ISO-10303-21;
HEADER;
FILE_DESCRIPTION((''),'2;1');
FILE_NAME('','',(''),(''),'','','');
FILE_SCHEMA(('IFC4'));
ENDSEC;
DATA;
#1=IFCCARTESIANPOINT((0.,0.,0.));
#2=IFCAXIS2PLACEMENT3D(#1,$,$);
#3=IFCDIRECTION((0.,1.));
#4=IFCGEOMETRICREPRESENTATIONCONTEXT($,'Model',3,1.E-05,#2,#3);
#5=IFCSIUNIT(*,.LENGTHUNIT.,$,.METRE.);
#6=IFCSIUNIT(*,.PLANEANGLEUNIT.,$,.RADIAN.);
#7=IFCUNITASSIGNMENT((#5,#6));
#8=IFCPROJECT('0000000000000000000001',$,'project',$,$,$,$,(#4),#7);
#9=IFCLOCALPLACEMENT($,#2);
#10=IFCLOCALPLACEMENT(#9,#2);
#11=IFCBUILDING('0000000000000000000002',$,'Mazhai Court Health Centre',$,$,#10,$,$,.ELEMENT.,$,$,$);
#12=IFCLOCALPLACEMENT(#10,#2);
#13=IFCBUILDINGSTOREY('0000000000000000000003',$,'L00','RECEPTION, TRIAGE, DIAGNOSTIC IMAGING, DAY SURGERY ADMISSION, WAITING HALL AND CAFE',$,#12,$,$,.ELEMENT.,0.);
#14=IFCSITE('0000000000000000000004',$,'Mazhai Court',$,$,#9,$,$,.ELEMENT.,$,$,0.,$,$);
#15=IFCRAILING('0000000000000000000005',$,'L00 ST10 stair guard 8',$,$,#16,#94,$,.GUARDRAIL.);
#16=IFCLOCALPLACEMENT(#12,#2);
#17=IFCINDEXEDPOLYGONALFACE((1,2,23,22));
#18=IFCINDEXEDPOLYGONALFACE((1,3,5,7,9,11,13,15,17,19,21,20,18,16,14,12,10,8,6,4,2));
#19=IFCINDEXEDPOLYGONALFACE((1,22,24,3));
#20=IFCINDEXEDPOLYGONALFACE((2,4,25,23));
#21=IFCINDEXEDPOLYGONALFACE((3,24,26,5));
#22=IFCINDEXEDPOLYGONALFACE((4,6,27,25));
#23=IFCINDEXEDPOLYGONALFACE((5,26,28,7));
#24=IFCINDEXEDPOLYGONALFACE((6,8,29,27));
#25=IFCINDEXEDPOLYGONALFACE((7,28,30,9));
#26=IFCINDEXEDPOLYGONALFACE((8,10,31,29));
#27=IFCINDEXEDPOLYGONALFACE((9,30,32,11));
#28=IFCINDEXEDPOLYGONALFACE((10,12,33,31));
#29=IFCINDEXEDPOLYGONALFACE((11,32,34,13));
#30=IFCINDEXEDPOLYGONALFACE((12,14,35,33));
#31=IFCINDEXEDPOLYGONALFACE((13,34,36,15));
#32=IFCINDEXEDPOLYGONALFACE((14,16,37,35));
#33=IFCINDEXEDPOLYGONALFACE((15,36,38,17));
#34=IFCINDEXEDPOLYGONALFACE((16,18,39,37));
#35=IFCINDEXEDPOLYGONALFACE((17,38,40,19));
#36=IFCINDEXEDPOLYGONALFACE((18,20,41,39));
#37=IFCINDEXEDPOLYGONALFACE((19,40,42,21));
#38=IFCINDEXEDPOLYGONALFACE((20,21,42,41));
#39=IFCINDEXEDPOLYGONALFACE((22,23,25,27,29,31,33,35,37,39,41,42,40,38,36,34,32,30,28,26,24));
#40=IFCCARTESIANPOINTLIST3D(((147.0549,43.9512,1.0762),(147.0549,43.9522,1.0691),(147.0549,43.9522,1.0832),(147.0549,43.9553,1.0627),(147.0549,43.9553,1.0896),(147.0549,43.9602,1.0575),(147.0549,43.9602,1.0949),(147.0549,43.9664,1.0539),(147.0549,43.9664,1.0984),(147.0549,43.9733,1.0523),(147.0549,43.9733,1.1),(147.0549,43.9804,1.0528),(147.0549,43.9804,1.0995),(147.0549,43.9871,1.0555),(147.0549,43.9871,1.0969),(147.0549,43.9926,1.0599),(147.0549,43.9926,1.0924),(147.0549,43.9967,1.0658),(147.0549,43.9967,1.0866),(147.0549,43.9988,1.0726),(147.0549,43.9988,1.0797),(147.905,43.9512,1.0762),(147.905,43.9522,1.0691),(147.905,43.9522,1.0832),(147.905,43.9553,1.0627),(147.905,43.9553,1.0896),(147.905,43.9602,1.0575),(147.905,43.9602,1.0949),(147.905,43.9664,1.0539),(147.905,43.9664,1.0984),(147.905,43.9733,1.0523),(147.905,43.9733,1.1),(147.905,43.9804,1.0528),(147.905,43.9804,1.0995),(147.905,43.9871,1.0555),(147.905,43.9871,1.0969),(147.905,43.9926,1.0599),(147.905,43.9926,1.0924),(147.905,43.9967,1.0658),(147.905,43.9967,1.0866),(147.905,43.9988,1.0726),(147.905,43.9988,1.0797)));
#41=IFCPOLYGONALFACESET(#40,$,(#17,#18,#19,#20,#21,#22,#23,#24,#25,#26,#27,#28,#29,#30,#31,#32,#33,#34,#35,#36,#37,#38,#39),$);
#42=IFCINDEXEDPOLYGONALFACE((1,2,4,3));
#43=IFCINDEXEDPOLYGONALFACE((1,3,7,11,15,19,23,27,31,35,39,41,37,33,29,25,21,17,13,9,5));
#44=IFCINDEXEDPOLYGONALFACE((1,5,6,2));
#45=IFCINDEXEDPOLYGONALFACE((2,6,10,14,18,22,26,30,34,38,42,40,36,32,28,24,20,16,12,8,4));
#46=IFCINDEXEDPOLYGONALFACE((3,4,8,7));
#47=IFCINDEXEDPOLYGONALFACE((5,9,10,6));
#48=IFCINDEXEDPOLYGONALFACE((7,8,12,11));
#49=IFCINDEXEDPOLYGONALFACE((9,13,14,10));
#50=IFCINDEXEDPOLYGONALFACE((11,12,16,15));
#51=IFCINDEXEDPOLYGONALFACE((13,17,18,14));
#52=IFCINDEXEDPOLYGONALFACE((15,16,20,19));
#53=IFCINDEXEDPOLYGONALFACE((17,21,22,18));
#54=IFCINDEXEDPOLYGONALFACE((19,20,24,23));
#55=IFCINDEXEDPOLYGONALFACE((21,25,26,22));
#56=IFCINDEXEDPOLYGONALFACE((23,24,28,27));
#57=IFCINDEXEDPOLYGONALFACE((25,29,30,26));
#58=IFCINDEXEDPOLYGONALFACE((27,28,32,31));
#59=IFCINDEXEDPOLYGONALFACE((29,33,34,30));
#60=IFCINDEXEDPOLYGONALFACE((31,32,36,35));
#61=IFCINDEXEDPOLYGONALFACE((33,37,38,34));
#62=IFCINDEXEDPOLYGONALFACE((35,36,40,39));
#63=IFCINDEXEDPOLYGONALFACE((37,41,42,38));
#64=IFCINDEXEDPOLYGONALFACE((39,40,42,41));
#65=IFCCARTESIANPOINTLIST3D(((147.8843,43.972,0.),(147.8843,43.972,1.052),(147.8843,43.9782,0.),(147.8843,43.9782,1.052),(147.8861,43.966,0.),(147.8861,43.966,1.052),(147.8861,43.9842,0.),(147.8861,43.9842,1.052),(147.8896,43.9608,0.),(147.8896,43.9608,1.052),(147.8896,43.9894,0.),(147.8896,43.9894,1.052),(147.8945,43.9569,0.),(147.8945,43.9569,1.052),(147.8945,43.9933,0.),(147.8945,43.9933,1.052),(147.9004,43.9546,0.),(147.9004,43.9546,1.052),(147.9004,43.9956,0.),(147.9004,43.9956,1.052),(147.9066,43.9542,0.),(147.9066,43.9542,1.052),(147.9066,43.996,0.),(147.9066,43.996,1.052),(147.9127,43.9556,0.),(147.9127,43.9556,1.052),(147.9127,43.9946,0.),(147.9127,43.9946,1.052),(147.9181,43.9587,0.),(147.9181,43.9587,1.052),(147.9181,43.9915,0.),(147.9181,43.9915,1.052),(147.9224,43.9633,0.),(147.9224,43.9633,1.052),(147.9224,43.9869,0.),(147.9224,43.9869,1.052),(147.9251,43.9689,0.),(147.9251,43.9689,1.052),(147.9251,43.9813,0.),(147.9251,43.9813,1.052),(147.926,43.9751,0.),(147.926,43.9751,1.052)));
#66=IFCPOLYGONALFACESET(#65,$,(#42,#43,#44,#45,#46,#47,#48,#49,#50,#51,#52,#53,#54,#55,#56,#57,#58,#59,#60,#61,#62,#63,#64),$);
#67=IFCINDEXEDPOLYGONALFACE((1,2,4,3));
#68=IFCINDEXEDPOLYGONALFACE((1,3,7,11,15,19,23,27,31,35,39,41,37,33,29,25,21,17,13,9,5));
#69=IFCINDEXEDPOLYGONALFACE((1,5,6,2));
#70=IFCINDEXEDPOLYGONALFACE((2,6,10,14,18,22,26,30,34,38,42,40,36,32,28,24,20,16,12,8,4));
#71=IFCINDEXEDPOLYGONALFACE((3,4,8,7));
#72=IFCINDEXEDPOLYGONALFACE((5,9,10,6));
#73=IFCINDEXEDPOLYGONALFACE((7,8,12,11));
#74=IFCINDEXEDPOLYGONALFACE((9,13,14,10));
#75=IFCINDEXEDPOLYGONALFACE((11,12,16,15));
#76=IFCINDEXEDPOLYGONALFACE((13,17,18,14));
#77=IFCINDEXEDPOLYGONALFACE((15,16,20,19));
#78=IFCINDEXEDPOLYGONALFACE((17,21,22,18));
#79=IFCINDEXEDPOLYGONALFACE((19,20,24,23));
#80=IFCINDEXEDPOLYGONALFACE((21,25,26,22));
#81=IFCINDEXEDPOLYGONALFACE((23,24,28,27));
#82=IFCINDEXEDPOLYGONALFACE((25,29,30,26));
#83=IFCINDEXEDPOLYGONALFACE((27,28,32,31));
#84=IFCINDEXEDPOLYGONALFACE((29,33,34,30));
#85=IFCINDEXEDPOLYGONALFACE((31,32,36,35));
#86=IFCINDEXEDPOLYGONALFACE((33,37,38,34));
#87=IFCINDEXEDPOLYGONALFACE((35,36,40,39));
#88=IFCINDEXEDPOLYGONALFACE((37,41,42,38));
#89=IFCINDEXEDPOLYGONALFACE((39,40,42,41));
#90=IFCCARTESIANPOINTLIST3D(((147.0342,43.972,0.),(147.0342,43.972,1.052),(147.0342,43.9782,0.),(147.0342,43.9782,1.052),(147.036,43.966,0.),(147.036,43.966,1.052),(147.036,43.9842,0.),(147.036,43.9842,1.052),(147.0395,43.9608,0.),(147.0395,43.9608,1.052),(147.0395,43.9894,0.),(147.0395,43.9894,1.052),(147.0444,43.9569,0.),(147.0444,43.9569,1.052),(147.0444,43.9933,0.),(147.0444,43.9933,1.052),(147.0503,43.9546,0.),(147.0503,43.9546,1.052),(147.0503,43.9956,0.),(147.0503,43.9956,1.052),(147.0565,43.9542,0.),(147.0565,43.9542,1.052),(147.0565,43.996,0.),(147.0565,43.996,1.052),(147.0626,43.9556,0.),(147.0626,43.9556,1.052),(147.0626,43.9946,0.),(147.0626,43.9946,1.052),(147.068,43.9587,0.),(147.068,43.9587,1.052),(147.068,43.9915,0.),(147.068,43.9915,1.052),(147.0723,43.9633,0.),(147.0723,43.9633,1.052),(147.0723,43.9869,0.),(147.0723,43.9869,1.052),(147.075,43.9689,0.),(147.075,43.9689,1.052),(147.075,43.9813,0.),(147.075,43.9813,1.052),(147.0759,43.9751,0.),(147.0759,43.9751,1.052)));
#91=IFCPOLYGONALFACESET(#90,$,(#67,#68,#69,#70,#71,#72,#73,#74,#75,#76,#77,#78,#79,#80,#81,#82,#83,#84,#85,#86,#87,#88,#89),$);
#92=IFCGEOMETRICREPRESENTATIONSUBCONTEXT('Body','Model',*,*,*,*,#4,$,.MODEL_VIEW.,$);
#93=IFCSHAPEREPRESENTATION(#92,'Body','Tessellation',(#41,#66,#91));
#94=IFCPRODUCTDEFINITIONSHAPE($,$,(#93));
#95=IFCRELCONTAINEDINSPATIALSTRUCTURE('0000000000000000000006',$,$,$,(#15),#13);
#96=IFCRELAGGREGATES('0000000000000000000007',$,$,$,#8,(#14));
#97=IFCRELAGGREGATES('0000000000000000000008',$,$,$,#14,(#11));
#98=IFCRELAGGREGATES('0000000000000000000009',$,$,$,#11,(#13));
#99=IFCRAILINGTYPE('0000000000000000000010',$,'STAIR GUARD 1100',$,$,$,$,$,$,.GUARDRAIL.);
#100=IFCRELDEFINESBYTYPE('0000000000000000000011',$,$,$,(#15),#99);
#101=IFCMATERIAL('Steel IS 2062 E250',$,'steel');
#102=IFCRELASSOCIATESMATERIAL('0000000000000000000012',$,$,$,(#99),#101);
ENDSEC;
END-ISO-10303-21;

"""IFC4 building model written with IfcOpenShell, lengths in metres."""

from ifc_helpers import new_model, si_unit, direction, frame, origin, origin_2d, place, context, subcontext, project, spatial, circle, extrude, material, type_object, element, save


model = new_model("IFC4")

# Units and contexts
model_context = context("Model", 3, precision=1e-05, world=origin(), true_north=direction((0.0, 1.0)))
body_context = subcontext(model_context, "Body", "Model", "MODEL_VIEW")
ifc_project = project(units=[si_unit("LENGTHUNIT", "METRE"), si_unit("PLANEANGLEUNIT", "RADIAN")], contexts=[model_context])

# Site, building, storey
site_placement = place(None, origin())
site = spatial("IfcSite", under=ifc_project, at=site_placement, Name="Mazhai Court", CompositionType="ELEMENT", RefElevation=0.0)
building_placement = place(site_placement, origin())
building = spatial("IfcBuilding", under=site, at=building_placement, Name="Mazhai Court Health Centre", CompositionType="ELEMENT")
storey_placement = place(building_placement, origin())
storey = spatial("IfcBuildingStorey", under=building, at=storey_placement, Name="L00", Description="RECEPTION, TRIAGE, DIAGNOSTIC IMAGING, DAY SURGERY ADMISSION, WAITING HALL AND CAFE", CompositionType="ELEMENT", Elevation=0.0)

# Railing
ifc_material_1 = material(Name="Steel IS 2062 E250", Category="steel")
railing_type_1 = type_object("IfcRailingType", Name="STAIR GUARD 1100", PredefinedType="GUARDRAIL", material=ifc_material_1)
railing_1_placement = place(storey_placement, frame((147.905, 43.9751, 0.0)))
element("IfcRailing", 1, at=railing_1_placement, inside=storey, type_object=railing_type_1, Name="L00 ST10 stair guard 8", PredefinedType="GUARDRAIL", context=body_context, shape_type="SweptSolid", body=[
    extrude(circle(Radius=0.0239, at=origin_2d()), frame((0.0, 0.0, 1.0762), z_axis=(-1.0, 0.0, 0.0), x_axis=(0.0, -1.0, 0.0)), (0.0, 0.0, 1.0), 0.8501),
    extrude(circle(Radius=0.021, at=origin_2d()), origin(), (0.0, 0.0, 1.0), 1.052),
    extrude(circle(Radius=0.021, at=origin_2d()), frame((-0.8501, 0.0, 0.0)), (0.0, 0.0, 1.0), 1.052),
])

save(model, "model.ifc")
